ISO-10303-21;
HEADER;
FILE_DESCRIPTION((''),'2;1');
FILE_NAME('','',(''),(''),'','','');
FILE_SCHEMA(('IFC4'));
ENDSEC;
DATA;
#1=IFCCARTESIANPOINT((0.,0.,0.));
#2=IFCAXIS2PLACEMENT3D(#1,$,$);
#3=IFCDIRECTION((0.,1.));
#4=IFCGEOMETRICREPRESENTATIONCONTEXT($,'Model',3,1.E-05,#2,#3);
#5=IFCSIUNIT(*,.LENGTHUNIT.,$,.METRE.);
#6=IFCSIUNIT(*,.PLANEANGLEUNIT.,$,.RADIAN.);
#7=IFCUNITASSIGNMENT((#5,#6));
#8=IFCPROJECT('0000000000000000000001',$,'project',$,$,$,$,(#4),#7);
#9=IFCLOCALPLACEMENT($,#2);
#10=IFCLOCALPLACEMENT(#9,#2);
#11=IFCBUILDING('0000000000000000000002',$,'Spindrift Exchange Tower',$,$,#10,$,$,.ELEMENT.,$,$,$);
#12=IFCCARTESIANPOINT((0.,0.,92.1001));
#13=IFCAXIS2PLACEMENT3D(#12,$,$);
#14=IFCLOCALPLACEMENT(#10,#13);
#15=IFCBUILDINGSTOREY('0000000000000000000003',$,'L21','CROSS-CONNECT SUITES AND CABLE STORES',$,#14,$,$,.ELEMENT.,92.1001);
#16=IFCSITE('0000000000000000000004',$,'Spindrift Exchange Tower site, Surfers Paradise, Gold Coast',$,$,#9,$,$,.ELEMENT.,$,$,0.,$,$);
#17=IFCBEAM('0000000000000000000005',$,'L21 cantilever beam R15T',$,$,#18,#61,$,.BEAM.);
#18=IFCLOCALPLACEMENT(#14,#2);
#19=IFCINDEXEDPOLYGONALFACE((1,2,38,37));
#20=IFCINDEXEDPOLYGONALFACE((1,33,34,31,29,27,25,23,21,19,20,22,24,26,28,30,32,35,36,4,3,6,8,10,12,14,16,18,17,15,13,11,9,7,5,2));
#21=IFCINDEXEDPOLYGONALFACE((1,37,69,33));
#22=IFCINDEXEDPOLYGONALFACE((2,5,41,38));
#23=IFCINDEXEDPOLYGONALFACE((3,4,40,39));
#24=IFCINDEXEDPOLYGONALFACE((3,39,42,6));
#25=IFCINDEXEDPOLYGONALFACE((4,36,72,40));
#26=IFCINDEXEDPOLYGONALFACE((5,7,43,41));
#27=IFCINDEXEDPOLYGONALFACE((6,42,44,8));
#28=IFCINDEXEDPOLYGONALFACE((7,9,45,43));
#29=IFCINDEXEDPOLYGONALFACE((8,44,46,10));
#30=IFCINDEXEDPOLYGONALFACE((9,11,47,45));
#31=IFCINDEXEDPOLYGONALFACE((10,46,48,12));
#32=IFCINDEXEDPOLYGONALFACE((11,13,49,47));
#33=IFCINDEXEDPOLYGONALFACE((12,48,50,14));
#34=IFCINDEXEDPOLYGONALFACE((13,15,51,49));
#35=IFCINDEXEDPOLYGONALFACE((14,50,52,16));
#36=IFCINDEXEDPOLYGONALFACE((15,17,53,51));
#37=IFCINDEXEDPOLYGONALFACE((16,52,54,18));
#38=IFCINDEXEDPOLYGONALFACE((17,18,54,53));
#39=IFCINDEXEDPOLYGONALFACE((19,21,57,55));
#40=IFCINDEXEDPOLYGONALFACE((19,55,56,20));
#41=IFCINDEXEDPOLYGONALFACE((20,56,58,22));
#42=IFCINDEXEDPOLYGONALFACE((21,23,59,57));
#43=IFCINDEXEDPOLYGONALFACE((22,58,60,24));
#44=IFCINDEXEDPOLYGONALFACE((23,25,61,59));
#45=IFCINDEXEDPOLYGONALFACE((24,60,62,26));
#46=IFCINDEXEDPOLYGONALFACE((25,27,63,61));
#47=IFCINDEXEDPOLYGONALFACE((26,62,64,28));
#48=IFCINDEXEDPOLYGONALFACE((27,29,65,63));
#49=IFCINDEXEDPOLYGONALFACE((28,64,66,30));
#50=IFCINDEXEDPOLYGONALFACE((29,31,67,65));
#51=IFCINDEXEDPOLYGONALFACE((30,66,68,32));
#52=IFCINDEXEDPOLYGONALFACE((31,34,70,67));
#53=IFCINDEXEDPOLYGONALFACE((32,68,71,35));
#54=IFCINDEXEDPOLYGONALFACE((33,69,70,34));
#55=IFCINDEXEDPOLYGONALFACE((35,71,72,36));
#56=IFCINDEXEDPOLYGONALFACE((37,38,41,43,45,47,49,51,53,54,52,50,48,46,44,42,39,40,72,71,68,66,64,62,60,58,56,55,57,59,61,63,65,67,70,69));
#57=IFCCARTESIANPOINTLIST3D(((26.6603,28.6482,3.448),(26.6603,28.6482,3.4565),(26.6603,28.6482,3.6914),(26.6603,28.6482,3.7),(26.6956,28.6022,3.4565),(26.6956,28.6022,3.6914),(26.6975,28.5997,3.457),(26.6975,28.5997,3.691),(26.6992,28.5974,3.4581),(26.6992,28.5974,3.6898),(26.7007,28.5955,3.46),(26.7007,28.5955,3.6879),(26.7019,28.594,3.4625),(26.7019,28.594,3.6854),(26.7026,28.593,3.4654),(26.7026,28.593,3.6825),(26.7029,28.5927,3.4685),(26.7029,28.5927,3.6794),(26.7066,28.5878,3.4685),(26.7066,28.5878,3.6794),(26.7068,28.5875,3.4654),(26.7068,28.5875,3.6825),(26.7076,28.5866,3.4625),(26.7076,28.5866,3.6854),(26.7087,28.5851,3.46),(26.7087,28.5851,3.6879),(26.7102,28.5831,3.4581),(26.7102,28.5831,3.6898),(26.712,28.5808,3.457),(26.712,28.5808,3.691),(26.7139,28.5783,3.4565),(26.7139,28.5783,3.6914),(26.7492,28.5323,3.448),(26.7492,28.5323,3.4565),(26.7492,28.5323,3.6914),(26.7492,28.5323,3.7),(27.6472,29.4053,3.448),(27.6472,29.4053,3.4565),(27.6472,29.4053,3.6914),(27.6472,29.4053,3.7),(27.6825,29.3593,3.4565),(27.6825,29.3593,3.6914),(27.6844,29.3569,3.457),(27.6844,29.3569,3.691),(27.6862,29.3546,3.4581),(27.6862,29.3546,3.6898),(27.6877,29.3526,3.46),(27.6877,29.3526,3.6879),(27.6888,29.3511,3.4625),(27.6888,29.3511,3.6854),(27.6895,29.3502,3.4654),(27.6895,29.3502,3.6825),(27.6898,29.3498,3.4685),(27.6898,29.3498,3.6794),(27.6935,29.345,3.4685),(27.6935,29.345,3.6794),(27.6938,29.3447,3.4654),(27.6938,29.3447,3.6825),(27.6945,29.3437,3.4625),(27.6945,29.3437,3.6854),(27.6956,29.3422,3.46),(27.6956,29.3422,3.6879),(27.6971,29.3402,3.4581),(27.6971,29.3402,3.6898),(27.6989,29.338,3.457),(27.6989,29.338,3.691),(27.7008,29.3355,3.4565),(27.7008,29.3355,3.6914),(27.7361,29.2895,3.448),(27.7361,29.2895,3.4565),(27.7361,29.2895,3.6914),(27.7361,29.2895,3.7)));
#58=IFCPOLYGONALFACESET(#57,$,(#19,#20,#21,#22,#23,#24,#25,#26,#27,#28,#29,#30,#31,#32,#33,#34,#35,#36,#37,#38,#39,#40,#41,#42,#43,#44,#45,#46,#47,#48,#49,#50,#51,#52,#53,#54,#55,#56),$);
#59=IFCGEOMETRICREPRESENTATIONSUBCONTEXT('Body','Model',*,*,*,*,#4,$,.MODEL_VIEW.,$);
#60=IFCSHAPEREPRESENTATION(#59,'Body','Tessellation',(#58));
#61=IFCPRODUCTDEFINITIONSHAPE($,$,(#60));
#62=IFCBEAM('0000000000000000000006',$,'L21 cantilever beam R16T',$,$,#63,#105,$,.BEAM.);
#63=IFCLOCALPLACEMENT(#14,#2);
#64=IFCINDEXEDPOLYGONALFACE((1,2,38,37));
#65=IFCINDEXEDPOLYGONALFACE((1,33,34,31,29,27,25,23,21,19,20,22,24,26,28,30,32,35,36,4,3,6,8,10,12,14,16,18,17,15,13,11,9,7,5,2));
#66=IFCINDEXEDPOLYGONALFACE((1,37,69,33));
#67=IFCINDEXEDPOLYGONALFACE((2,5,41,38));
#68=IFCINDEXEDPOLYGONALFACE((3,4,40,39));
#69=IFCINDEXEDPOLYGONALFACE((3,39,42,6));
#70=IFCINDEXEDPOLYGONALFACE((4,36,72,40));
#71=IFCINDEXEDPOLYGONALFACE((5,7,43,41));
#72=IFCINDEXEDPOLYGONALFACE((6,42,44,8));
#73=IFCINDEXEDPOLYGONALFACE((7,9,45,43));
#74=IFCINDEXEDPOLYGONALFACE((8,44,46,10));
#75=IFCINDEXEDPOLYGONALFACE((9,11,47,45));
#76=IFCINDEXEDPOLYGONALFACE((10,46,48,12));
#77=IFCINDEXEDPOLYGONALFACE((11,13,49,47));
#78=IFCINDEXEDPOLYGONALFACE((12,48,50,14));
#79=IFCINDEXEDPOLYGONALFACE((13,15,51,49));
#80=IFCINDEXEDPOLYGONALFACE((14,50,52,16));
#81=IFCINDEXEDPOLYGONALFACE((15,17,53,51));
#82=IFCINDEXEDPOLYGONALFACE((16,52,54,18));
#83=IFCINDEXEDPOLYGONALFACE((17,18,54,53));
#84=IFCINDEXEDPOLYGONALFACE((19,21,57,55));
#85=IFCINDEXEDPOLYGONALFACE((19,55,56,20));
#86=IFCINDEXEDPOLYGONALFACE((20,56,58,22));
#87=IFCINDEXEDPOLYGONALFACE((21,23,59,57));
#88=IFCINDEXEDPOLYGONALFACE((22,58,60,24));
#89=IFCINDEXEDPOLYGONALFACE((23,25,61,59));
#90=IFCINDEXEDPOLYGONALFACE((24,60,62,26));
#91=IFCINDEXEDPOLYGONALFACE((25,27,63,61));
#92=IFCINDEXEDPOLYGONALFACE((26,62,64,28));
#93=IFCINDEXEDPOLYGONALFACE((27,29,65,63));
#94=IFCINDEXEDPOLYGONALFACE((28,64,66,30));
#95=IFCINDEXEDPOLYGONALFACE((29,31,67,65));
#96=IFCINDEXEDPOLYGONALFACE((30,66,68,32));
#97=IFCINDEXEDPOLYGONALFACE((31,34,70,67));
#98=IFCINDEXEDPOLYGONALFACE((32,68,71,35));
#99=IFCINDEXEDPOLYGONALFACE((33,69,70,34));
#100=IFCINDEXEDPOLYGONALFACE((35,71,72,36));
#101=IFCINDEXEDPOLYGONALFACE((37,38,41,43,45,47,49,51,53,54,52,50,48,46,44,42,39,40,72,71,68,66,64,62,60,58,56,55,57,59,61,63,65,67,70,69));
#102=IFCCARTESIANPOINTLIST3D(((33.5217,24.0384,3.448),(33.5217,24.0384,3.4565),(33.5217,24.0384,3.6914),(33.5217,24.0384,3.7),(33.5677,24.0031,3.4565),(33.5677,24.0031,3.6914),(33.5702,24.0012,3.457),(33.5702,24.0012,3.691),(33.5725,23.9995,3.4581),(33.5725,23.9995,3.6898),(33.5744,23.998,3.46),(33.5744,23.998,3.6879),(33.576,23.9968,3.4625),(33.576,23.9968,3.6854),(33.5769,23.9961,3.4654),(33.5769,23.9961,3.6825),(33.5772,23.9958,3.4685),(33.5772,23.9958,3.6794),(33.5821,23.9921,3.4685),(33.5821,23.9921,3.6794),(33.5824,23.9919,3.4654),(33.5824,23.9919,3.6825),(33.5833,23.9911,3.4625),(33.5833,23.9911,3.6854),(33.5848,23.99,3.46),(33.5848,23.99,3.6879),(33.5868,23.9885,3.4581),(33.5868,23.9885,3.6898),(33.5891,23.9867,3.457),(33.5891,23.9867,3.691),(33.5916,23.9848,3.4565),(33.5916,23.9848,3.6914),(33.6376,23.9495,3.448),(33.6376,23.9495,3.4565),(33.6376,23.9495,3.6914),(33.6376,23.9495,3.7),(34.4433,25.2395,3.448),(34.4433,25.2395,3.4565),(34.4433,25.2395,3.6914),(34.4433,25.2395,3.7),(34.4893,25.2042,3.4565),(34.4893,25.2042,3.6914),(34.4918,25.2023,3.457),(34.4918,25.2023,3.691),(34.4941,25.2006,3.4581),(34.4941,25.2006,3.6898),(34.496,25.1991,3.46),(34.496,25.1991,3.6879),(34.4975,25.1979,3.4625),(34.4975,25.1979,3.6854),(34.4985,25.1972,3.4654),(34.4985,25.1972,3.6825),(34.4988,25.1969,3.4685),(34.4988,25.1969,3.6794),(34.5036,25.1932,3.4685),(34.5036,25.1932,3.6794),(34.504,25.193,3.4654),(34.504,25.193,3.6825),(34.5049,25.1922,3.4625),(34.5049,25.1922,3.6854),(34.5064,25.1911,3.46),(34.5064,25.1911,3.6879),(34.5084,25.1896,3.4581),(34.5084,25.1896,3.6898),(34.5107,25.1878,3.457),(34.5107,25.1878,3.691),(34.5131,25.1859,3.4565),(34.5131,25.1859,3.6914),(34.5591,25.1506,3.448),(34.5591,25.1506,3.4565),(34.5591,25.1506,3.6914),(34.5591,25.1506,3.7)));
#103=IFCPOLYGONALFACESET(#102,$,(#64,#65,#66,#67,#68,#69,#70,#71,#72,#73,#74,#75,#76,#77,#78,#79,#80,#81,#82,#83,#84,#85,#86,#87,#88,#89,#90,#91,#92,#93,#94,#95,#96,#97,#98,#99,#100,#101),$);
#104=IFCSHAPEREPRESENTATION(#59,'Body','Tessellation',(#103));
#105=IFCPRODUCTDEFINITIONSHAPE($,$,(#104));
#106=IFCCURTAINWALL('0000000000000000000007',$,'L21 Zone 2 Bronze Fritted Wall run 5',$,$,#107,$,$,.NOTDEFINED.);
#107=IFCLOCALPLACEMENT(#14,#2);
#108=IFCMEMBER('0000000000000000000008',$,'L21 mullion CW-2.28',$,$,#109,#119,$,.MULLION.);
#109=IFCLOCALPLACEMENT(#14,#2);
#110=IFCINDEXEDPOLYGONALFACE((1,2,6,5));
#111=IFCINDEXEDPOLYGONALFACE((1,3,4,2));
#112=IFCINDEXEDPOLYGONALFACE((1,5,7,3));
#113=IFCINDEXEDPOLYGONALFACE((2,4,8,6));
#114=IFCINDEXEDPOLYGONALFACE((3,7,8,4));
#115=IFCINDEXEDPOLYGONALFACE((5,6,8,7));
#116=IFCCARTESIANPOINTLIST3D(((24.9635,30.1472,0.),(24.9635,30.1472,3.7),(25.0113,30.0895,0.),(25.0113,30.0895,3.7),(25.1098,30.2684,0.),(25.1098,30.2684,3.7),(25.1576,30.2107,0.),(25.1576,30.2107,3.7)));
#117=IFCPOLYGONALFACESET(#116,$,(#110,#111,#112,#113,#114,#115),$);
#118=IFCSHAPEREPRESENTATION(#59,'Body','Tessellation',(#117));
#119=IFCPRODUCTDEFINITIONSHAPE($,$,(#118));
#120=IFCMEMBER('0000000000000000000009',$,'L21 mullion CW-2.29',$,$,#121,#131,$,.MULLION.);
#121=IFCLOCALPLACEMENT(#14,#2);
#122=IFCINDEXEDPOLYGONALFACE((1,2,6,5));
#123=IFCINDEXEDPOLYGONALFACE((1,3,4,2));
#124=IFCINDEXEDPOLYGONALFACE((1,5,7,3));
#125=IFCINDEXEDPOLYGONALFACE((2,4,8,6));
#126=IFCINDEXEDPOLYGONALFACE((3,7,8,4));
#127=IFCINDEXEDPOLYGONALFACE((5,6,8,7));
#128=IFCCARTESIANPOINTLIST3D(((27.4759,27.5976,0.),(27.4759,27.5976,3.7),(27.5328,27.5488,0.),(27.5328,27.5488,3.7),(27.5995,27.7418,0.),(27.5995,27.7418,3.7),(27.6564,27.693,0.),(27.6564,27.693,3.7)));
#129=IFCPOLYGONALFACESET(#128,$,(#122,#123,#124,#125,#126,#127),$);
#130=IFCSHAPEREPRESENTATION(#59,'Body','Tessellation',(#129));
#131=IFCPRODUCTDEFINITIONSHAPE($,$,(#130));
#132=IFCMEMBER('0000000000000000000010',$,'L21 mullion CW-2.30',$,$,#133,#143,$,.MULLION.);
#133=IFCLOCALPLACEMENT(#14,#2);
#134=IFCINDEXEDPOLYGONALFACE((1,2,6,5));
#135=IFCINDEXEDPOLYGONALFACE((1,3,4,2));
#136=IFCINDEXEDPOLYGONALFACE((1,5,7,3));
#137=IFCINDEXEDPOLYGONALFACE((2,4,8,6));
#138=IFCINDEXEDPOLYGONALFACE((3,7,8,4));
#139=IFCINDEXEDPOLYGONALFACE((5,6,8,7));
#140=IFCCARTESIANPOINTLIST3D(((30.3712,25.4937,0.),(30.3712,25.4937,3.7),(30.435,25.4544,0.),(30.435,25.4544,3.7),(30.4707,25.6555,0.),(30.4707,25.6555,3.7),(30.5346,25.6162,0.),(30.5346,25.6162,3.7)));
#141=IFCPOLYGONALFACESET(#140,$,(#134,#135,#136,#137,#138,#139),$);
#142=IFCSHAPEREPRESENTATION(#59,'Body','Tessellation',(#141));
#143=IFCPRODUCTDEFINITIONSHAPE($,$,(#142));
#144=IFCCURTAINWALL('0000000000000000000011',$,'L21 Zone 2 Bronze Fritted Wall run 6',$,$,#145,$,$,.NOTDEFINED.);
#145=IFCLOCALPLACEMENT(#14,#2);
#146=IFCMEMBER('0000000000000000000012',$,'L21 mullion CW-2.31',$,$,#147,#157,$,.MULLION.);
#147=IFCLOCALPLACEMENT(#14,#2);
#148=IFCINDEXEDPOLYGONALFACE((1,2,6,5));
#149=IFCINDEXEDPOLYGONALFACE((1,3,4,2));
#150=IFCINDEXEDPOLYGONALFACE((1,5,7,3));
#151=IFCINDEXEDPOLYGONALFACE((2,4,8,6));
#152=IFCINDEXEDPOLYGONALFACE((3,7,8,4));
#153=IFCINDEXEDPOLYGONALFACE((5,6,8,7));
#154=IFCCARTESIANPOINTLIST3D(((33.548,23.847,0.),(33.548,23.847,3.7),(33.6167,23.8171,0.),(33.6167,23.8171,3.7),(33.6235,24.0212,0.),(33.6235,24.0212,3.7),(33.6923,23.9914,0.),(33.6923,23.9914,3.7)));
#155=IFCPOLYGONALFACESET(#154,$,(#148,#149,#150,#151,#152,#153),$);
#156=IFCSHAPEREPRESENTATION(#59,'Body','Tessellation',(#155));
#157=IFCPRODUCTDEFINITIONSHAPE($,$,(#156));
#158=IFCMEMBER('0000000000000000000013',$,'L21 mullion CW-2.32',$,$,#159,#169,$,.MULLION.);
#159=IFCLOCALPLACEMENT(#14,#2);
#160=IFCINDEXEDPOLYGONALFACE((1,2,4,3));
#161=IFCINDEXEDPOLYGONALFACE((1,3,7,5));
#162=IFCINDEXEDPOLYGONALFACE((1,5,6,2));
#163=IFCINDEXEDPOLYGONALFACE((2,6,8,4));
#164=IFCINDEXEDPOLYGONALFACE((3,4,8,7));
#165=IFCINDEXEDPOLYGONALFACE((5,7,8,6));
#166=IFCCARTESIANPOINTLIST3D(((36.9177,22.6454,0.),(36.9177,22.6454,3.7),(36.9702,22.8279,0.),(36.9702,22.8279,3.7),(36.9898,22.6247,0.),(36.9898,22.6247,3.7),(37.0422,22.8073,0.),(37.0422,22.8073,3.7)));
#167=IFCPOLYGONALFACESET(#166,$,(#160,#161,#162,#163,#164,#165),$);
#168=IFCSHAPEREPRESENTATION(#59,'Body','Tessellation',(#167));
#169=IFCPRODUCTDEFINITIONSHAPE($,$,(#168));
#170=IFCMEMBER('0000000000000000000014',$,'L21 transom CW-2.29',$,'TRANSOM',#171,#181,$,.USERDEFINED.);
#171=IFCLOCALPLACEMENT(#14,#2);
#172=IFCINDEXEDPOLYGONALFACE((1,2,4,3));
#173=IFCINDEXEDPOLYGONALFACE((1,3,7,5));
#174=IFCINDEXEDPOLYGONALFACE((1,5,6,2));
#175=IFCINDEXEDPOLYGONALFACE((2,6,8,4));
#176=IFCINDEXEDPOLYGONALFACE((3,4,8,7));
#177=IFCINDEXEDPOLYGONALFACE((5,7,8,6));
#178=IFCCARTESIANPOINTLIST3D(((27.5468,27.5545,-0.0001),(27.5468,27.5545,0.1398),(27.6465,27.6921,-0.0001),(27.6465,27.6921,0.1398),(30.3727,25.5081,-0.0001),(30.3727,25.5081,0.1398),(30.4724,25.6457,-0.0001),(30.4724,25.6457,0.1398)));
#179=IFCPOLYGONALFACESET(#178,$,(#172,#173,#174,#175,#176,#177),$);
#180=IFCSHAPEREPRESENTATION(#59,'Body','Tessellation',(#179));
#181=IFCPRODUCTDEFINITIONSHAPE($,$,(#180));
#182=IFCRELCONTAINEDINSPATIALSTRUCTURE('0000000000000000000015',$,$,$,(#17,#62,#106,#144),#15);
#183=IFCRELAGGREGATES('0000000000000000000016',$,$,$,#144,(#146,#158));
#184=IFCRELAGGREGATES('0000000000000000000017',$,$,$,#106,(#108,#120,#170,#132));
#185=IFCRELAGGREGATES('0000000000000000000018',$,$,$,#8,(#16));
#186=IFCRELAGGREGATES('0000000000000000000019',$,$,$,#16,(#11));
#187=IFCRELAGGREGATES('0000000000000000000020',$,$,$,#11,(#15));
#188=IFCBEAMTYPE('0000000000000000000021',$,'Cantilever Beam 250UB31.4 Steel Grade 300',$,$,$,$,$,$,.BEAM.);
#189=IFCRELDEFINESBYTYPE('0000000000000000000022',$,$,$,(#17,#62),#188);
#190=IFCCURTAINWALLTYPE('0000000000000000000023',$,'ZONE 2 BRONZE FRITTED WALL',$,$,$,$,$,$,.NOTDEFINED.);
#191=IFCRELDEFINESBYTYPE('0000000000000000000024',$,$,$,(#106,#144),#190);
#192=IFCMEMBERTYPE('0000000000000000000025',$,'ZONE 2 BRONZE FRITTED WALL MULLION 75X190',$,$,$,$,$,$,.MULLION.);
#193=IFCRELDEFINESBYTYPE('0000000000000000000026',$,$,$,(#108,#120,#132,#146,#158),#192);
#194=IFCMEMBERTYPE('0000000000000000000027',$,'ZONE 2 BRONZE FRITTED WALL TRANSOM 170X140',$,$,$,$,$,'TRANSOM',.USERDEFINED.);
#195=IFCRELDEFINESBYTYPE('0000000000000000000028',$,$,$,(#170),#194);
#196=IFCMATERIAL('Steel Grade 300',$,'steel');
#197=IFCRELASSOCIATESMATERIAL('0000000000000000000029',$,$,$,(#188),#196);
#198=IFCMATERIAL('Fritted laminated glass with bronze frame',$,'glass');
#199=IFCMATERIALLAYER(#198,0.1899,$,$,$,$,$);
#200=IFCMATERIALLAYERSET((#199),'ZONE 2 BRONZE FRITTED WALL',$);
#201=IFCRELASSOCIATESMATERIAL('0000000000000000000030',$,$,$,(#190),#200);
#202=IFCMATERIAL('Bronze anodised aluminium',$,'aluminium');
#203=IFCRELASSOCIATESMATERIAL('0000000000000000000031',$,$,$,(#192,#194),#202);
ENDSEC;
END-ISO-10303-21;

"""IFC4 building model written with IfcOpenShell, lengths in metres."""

from ifc_helpers import new_model, si_unit, direction, frame, origin, origin_2d, place, context, subcontext, project, spatial, rectangle, i_section, extrude, source, transform, mapped, material, layer, layer_set, material_profile, profile_set, type_object, element, aggregate, save


model = new_model("IFC4")

# Units and contexts
model_context = context("Model", 3, precision=1e-05, world=origin(), true_north=direction((0.0, 1.0)))
body_context = subcontext(model_context, "Body", "Model", "MODEL_VIEW")
ifc_project = project(units=[si_unit("LENGTHUNIT", "METRE"), si_unit("PLANEANGLEUNIT", "RADIAN")], contexts=[model_context])

# Site, building, storey
site_placement = place(None, origin())
site = spatial("IfcSite", under=ifc_project, at=site_placement, Name="Spindrift Exchange Tower site, Surfers Paradise, Gold Coast", CompositionType="ELEMENT", RefElevation=0.0)
building_placement = place(site_placement, origin())
building = spatial("IfcBuilding", under=site, at=building_placement, Name="Spindrift Exchange Tower", CompositionType="ELEMENT")
storey_placement = place(building_placement, frame((0.0, 0.0, 92.1001)))
storey = spatial("IfcBuildingStorey", under=building, at=storey_placement, Name="L21", Description="CROSS-CONNECT SUITES AND CABLE STORES", CompositionType="ELEMENT", Elevation=92.1001)

# Beams
ifc_material_1 = material(Name="Steel Grade 300", Category="steel")
ifc_material_profile_1 = material_profile(ifc_material_1, i_section(OverallWidth=0.146, OverallDepth=0.252, WebThickness=0.0061, FlangeThickness=0.0085, FilletRadius=0.012, at=origin_2d()), Name="250UB31.4")
ifc_profile_set_1 = profile_set([ifc_material_profile_1], Name="Steel Grade 300")
beam_type_1 = type_object("IfcBeamType", Name="Cantilever Beam 250UB31.4 Steel Grade 300", PredefinedType="BEAM", material=ifc_profile_set_1)
shared_shape_1 = source(origin(), body_context, "Body", "SweptSolid", [
    extrude(i_section(OverallWidth=0.146, OverallDepth=0.252, WebThickness=0.0061, FlangeThickness=0.0085, FilletRadius=0.012, at=origin_2d()), origin(), (0.0, 0.0, 1.0), 1.2439),
])
beam_1_placement = place(storey_placement, frame((27.6917, 29.3474, 3.574), z_axis=(-0.793404, -0.608695, 0.0), x_axis=(0.608695, -0.793404, 0.0)))
element("IfcBeam", 1, at=beam_1_placement, inside=storey, type_object=beam_type_1, Name="L21 cantilever beam R15T", PredefinedType="BEAM", context=body_context, shape_type="MappedRepresentation", body=[
    mapped(shared_shape_1, transform((0.0, 0.0, 0.0), scale=1.0)),
])
shared_shape_2 = source(origin(), body_context, "Body", "SweptSolid", [
    extrude(i_section(OverallWidth=0.146, OverallDepth=0.252, WebThickness=0.0061, FlangeThickness=0.0085, FilletRadius=0.012, at=origin_2d()), origin(), (0.0, 0.0, 1.0), 1.5139),
])
beam_2_placement = place(storey_placement, frame((34.5012, 25.1951, 3.574), z_axis=(-0.608736, -0.793373, 0.0), x_axis=(0.793373, -0.608736, 0.0)))
element("IfcBeam", 2, at=beam_2_placement, inside=storey, type_object=beam_type_1, Name="L21 cantilever beam R16T", PredefinedType="BEAM", context=body_context, shape_type="MappedRepresentation", body=[
    mapped(shared_shape_2, transform((0.0, 0.0, 0.0), scale=1.0)),
])

# Curtain walls, members
ifc_material_2 = material(Name="Fritted laminated glass with bronze frame", Category="glass")
ifc_layer_1 = layer(ifc_material_2, 0.1899)
ifc_layer_set_1 = layer_set([ifc_layer_1], Name="ZONE 2 BRONZE FRITTED WALL")
curtain_wall_type = type_object("IfcCurtainWallType", Name="ZONE 2 BRONZE FRITTED WALL", PredefinedType="NOTDEFINED", material=ifc_layer_set_1)
curtain_wall_1_placement = place(storey_placement, origin())
curtain_wall_1 = element("IfcCurtainWall", 3, at=curtain_wall_1_placement, inside=storey, type_object=curtain_wall_type, Name="L21 Zone 2 Bronze Fritted Wall run 5", PredefinedType="NOTDEFINED")
ifc_material_3 = material(Name="Bronze anodised aluminium", Category="aluminium")
ifc_material_profile_2 = material_profile(ifc_material_3, rectangle(XDim=0.075, YDim=0.1899, at=origin_2d()), Name="ZONE 2 BRONZE FRITTED WALL MULLION 75X190")
ifc_profile_set_2 = profile_set([ifc_material_profile_2], Name="Bronze anodised aluminium")
member_type_1 = type_object("IfcMemberType", Name="ZONE 2 BRONZE FRITTED WALL MULLION 75X190", PredefinedType="MULLION", material=ifc_profile_set_2)
shared_shape_3 = source(origin(), body_context, "Body", "SweptSolid", [
    extrude(rectangle(XDim=0.075, YDim=0.1899, at=origin_2d()), origin(), (0.0, 0.0, 1.0), 3.7),
])
member_1_placement = place(storey_placement, frame((25.0605, 30.179, 0.0), z_axis=(0.0, 0.0, 1.0), x_axis=(0.637823, -0.770183, 0.0)))
member_1 = element("IfcMember", 4, at=member_1_placement, type_object=member_type_1, Name="L21 mullion CW-2.28", PredefinedType="MULLION", context=body_context, shape_type="MappedRepresentation", body=[
    mapped(shared_shape_3, transform((0.0, 0.0, 0.0), scale=1.0)),
])
member_2_placement = place(storey_placement, frame((27.5662, 27.6453, 0.0), z_axis=(0.0, 0.0, 1.0), x_axis=(0.75913, -0.650939, 0.0)))
member_2 = element("IfcMember", 5, at=member_2_placement, type_object=member_type_1, Name="L21 mullion CW-2.29", PredefinedType="MULLION", context=body_context, shape_type="MappedRepresentation", body=[
    mapped(shared_shape_3, transform((0.0, 0.0, 0.0), scale=1.0)),
])
member_3_placement = place(storey_placement, frame((30.4529, 25.5549, 0.0), z_axis=(0.0, 0.0, 1.0), x_axis=(0.851626, -0.52415, 0.0)))
member_3 = element("IfcMember", 6, at=member_3_placement, type_object=member_type_1, Name="L21 mullion CW-2.30", PredefinedType="MULLION", context=body_context, shape_type="MappedRepresentation", body=[
    mapped(shared_shape_3, transform((0.0, 0.0, 0.0), scale=1.0)),
])
curtain_wall_2_placement = place(storey_placement, origin())
curtain_wall_2 = element("IfcCurtainWall", 7, at=curtain_wall_2_placement, inside=storey, type_object=curtain_wall_type, Name="L21 Zone 2 Bronze Fritted Wall run 6", PredefinedType="NOTDEFINED")
member_4_placement = place(storey_placement, frame((33.6201, 23.9192, 0.0), z_axis=(0.0, 0.0, 1.0), x_axis=(0.917542, -0.39764, 0.0)))
member_4 = element("IfcMember", 8, at=member_4_placement, type_object=member_type_1, Name="L21 mullion CW-2.31", PredefinedType="MULLION", context=body_context, shape_type="MappedRepresentation", body=[
    mapped(shared_shape_3, transform((0.0, 0.0, 0.0), scale=1.0)),
])
member_5_placement = place(storey_placement, frame((36.98, 22.7263, 0.0), z_axis=(0.0, 0.0, 1.0), x_axis=(0.96113, -0.276096, 0.0)))
member_5 = element("IfcMember", 9, at=member_5_placement, type_object=member_type_1, Name="L21 mullion CW-2.32", PredefinedType="MULLION", context=body_context, shape_type="MappedRepresentation", body=[
    mapped(shared_shape_3, transform((0.0, 0.0, 0.0), scale=1.0)),
])

# Member
ifc_material_profile_3 = material_profile(ifc_material_3, rectangle(XDim=0.1699, YDim=0.1399, at=origin_2d()), Name="ZONE 2 BRONZE FRITTED WALL TRANSOM 170X140")
ifc_profile_set_3 = profile_set([ifc_material_profile_3], Name="Bronze anodised aluminium")
member_type_2 = type_object("IfcMemberType", Name="ZONE 2 BRONZE FRITTED WALL TRANSOM 170X140", ElementType="TRANSOM", PredefinedType="USERDEFINED", material=ifc_profile_set_3)
shared_shape_4 = source(origin(), body_context, "Body", "SweptSolid", [
    extrude(rectangle(XDim=0.1699, YDim=0.1399, at=origin_2d()), origin(), (0.0, 0.0, 1.0), 3.489),
])
member_6_placement = place(storey_placement, frame((27.5967, 27.6233, 0.0698), z_axis=(0.809939, -0.586515, 0.0), x_axis=(0.586515, 0.809939, 0.0)))
member_6 = element("IfcMember", 10, at=member_6_placement, type_object=member_type_2, Name="L21 transom CW-2.29", ObjectType="TRANSOM", PredefinedType="USERDEFINED", context=body_context, shape_type="MappedRepresentation", body=[
    mapped(shared_shape_4, transform((0.0, 0.0, 0.0), scale=1.0)),
])

aggregate(curtain_wall_2, [member_4, member_5])
aggregate(curtain_wall_1, [member_1, member_2, member_6, member_3])

save(model, "model.ifc")
